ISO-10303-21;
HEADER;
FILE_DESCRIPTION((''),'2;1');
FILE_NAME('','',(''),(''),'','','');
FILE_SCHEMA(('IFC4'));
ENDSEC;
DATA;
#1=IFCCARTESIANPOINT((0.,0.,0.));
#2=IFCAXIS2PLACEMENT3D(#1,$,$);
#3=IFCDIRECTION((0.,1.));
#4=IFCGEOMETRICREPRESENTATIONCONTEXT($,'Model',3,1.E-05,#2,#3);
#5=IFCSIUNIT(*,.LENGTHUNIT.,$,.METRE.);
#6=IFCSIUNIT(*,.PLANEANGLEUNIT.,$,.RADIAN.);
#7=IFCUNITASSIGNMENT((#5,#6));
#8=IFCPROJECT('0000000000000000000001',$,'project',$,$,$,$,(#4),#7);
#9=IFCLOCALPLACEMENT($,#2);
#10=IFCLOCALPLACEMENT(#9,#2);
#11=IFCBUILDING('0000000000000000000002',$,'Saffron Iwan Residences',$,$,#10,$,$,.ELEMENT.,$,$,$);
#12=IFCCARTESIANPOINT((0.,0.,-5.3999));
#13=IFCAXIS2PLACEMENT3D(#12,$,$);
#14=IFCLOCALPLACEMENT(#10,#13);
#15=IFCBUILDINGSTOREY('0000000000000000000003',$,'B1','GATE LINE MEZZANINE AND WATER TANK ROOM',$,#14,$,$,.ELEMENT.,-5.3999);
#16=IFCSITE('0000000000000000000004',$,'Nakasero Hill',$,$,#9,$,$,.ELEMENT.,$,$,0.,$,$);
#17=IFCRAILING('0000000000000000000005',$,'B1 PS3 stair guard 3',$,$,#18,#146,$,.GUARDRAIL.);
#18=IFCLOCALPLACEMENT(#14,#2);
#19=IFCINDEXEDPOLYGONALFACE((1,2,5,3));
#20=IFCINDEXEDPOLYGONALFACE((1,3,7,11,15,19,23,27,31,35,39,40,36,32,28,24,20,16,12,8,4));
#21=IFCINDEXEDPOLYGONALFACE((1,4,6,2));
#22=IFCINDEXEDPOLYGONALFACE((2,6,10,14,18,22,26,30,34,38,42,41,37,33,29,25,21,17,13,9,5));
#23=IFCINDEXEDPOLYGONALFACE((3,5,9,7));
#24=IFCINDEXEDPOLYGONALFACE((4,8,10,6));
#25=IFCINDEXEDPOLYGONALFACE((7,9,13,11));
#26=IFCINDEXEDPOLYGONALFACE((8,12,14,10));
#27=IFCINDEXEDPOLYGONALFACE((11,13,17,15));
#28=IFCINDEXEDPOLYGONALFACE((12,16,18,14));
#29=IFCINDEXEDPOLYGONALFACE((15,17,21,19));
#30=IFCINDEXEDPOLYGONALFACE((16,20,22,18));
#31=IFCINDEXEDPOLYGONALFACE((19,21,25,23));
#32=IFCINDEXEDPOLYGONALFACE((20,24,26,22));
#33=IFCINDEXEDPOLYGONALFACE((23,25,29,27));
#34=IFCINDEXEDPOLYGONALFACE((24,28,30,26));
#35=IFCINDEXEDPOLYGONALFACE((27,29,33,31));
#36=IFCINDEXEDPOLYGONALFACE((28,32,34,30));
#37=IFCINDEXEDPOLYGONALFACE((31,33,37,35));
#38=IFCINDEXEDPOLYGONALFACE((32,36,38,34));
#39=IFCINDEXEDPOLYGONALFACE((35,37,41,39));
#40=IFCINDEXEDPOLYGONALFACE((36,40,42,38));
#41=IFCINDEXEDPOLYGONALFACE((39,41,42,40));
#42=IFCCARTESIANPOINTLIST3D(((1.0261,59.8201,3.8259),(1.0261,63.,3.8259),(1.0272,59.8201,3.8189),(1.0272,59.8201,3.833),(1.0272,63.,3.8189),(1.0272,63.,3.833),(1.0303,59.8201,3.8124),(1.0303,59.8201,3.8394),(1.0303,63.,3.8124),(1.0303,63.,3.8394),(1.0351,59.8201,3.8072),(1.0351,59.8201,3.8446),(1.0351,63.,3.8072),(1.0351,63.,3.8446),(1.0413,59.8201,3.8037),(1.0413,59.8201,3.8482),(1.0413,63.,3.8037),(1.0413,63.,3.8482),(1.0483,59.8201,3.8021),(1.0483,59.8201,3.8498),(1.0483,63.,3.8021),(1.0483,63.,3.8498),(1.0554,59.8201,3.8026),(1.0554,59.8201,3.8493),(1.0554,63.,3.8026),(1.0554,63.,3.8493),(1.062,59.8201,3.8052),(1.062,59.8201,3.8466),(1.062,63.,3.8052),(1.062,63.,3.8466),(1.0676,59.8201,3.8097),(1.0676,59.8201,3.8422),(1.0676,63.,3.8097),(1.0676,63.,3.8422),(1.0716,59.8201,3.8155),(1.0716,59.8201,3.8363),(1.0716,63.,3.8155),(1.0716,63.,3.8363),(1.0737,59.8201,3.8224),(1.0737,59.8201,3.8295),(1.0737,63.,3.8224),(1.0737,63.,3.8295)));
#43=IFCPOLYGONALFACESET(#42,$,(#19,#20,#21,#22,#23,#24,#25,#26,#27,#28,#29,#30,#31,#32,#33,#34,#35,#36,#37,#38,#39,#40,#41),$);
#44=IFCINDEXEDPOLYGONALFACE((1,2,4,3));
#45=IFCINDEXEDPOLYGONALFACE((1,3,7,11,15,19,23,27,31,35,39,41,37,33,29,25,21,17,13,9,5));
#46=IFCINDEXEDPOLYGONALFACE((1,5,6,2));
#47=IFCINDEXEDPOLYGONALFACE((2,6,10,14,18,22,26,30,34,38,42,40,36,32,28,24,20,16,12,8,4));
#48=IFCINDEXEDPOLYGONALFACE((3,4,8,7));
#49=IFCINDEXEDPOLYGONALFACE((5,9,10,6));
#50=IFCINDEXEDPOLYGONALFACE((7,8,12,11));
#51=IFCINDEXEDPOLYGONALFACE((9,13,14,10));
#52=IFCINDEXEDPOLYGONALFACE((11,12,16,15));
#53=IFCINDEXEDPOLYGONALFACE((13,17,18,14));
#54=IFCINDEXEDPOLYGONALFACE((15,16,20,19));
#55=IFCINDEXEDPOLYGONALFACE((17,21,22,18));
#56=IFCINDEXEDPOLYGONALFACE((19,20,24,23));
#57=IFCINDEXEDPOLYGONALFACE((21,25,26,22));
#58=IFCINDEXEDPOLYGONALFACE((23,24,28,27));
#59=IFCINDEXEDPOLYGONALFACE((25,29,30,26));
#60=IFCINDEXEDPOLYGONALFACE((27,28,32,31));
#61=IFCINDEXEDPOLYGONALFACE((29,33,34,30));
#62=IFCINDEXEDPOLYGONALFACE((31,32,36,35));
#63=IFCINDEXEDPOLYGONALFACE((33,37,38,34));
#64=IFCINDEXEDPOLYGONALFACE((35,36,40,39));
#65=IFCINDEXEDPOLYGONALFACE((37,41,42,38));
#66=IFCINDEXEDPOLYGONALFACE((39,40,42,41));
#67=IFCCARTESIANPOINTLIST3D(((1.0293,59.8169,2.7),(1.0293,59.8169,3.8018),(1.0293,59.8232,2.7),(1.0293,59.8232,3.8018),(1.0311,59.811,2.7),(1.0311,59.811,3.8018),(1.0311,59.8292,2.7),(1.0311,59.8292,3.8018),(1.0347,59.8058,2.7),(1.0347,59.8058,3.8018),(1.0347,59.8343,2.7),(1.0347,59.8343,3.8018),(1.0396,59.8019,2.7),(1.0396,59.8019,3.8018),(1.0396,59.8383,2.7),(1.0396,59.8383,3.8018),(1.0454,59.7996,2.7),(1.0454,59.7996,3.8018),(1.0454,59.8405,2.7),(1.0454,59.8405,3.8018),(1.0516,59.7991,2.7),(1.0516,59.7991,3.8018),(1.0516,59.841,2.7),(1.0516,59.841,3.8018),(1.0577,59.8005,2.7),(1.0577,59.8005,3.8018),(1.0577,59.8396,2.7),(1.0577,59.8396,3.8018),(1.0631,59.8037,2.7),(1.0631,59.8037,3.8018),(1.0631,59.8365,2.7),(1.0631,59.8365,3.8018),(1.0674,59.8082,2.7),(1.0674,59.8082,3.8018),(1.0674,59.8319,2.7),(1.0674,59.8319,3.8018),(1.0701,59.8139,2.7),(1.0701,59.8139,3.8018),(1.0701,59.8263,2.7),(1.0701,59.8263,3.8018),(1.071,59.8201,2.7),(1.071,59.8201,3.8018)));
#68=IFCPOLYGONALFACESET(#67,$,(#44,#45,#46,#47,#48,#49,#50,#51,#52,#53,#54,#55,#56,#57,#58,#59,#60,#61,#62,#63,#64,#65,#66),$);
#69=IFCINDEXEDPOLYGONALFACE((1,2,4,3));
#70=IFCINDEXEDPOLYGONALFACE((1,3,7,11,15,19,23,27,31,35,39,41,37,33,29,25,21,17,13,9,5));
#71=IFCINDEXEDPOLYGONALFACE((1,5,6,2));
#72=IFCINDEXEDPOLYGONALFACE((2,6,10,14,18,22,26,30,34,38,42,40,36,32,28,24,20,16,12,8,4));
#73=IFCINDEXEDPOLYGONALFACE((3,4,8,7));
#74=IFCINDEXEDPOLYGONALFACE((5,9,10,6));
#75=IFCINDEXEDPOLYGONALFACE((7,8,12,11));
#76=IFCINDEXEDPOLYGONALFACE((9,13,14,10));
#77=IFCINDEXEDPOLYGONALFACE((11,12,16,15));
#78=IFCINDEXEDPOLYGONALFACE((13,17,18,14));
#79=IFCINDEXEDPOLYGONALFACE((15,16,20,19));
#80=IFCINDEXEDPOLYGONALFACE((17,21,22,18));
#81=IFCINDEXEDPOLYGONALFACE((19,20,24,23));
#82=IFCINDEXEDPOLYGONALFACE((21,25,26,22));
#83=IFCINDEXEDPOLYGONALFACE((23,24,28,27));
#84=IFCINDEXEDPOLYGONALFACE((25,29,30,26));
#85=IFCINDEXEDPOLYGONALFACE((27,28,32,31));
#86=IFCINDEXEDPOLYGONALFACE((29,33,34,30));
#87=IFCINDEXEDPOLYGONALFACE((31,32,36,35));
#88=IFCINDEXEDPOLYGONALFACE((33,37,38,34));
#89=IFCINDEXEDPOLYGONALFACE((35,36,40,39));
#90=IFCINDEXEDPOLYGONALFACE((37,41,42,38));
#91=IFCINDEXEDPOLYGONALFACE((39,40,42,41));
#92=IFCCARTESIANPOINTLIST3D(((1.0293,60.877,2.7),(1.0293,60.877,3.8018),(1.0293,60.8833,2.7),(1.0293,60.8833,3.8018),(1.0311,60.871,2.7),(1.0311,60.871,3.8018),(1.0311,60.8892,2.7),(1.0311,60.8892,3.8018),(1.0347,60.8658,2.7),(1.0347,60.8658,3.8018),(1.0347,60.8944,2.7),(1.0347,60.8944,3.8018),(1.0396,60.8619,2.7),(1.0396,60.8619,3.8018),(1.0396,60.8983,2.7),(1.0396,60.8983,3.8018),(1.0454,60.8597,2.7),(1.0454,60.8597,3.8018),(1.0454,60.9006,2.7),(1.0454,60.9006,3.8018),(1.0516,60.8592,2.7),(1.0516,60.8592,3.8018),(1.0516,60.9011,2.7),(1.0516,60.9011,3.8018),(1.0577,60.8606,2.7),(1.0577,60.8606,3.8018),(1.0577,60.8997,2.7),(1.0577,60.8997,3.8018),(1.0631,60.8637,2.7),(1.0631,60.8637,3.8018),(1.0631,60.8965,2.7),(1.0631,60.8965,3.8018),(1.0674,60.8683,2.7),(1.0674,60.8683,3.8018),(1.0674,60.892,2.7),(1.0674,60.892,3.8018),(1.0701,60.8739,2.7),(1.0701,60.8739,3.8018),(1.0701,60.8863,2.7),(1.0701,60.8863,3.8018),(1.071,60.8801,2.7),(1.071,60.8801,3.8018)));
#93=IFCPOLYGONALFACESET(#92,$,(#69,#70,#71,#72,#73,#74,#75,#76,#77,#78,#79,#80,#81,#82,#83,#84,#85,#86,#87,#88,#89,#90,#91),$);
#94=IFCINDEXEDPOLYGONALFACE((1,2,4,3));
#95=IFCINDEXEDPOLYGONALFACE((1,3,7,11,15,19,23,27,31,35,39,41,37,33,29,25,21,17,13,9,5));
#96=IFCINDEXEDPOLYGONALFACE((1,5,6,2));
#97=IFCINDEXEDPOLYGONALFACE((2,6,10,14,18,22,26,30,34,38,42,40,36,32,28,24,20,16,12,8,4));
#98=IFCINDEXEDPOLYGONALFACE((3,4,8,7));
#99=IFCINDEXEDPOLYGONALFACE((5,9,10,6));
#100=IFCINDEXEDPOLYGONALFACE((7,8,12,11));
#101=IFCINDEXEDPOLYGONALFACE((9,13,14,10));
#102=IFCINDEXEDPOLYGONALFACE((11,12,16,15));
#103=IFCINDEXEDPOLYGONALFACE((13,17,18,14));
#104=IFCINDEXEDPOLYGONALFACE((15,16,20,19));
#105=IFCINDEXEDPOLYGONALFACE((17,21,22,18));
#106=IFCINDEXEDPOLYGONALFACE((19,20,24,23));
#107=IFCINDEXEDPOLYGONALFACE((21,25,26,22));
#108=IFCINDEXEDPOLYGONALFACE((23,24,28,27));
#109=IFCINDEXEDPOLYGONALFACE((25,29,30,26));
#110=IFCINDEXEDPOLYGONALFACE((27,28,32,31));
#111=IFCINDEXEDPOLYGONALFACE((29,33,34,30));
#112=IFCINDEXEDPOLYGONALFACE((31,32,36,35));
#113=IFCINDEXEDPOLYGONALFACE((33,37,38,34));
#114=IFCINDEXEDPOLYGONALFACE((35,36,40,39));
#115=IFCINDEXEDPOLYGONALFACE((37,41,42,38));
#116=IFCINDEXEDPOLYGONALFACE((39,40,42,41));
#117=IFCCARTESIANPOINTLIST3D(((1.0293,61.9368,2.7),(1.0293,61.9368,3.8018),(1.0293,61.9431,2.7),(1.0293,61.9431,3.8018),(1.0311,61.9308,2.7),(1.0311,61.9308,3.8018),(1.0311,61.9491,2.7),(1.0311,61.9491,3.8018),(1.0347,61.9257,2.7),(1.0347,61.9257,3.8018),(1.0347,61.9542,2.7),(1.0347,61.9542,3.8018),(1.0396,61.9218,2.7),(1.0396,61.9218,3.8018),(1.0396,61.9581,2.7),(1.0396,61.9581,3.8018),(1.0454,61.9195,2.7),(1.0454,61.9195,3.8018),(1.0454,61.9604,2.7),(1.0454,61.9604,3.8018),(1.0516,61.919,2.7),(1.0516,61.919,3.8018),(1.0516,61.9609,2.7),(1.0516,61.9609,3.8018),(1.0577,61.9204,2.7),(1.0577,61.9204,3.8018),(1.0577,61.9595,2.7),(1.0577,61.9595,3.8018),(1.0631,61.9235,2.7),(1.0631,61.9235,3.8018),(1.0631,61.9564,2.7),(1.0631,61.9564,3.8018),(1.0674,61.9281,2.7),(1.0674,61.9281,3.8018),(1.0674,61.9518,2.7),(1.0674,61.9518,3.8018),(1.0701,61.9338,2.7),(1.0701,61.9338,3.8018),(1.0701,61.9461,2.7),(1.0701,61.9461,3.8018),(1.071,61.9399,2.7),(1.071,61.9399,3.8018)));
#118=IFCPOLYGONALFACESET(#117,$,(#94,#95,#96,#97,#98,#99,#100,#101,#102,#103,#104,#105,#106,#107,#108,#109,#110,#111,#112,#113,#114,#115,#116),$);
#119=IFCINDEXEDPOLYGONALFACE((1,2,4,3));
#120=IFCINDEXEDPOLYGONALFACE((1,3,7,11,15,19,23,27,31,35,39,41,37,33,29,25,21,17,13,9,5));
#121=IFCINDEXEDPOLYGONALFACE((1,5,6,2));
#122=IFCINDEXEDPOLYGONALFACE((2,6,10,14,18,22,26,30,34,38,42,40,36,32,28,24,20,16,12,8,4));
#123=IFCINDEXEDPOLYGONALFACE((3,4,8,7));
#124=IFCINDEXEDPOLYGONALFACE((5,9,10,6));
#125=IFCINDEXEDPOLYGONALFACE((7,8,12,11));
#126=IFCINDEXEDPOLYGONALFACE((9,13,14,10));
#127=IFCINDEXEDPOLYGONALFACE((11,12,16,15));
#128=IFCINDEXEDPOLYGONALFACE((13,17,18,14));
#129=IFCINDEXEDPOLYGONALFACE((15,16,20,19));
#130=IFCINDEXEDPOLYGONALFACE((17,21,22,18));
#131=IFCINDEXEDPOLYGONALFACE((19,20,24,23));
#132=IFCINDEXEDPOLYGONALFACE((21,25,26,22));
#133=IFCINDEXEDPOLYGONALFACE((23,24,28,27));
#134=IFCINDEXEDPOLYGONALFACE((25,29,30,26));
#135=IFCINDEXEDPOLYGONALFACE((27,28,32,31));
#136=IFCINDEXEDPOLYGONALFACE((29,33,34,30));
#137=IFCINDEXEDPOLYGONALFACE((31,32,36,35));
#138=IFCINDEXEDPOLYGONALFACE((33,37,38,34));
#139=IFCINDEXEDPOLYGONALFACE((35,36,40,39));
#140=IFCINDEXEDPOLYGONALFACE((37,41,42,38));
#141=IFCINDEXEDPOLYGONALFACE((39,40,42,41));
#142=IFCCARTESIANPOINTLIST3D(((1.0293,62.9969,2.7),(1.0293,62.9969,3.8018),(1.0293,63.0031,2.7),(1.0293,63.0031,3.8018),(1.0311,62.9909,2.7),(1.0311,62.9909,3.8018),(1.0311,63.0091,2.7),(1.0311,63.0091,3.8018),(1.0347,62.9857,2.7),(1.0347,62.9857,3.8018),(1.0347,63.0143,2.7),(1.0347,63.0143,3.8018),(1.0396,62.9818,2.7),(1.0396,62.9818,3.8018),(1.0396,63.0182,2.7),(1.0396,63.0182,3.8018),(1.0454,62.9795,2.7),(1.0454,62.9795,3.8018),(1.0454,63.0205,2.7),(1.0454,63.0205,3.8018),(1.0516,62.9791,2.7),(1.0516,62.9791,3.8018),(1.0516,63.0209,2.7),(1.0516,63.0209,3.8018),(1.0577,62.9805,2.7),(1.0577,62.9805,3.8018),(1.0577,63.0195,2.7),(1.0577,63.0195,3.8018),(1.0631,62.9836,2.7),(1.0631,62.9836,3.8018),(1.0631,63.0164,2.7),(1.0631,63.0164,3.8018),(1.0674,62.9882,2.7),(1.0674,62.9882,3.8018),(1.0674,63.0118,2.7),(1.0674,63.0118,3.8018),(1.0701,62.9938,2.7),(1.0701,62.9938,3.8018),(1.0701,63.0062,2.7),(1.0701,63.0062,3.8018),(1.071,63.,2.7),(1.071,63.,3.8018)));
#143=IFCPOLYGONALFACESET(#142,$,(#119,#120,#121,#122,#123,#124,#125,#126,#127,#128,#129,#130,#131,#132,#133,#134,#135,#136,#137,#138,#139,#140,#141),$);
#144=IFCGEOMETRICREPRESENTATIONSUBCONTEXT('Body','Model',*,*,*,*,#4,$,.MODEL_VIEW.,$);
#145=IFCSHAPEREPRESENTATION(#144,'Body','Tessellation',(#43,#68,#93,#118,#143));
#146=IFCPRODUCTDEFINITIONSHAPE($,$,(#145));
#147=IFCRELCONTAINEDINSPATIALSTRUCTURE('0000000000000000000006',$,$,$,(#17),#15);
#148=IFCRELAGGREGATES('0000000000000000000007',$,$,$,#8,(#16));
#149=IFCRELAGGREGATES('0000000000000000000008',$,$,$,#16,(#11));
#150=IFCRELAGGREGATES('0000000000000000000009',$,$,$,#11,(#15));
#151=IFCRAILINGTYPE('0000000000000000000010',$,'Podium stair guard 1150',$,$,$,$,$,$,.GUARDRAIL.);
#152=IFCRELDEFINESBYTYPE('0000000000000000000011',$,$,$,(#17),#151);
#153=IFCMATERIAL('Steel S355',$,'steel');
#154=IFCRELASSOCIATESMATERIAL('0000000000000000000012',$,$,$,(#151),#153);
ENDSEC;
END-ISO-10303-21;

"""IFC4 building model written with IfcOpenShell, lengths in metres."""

from ifc_helpers import new_model, si_unit, direction, frame, origin, origin_2d, place, context, subcontext, project, spatial, circle, extrude, material, type_object, element, save


model = new_model("IFC4")

# Units and contexts
model_context = context("Model", 3, precision=1e-05, world=origin(), true_north=direction((0.0, 1.0)))
body_context = subcontext(model_context, "Body", "Model", "MODEL_VIEW")
ifc_project = project(units=[si_unit("LENGTHUNIT", "METRE"), si_unit("PLANEANGLEUNIT", "RADIAN")], contexts=[model_context])

# Site, building, storey
site_placement = place(None, origin())
site = spatial("IfcSite", under=ifc_project, at=site_placement, Name="Nakasero Hill", CompositionType="ELEMENT", RefElevation=0.0)
building_placement = place(site_placement, origin())
building = spatial("IfcBuilding", under=site, at=building_placement, Name="Saffron Iwan Residences", CompositionType="ELEMENT")
storey_placement = place(building_placement, frame((0.0, 0.0, -5.3999)))
storey = spatial("IfcBuildingStorey", under=building, at=storey_placement, Name="B1", Description="GATE LINE MEZZANINE AND WATER TANK ROOM", CompositionType="ELEMENT", Elevation=-5.3999)

# Railing
ifc_material_1 = material(Name="Steel S355", Category="steel")
railing_type_1 = type_object("IfcRailingType", Name="Podium stair guard 1150", PredefinedType="GUARDRAIL", material=ifc_material_1)
railing_1_placement = place(storey_placement, frame((1.05, 59.8201, 2.7)))
element("IfcRailing", 1, at=railing_1_placement, inside=storey, type_object=railing_type_1, Name="B1 PS3 stair guard 3", PredefinedType="GUARDRAIL", context=body_context, shape_type="SweptSolid", body=[
    extrude(circle(Radius=0.0239, at=origin_2d()), frame((0.0, 0.0, 1.126), z_axis=(0.0, 1.0, 0.0), x_axis=(-1.0, 0.0, 0.0)), (0.0, 0.0, 1.0), 3.1799),
    extrude(circle(Radius=0.021, at=origin_2d()), origin(), (0.0, 0.0, 1.0), 1.1018),
    extrude(circle(Radius=0.021, at=origin_2d()), frame((0.0, 1.0601, 0.0)), (0.0, 0.0, 1.0), 1.1018),
    extrude(circle(Radius=0.021, at=origin_2d()), frame((0.0, 2.1199, 0.0)), (0.0, 0.0, 1.0), 1.1018),
    extrude(circle(Radius=0.021, at=origin_2d()), frame((0.0, 3.1799, 0.0)), (0.0, 0.0, 1.0), 1.1018),
])

save(model, "model.ifc")
